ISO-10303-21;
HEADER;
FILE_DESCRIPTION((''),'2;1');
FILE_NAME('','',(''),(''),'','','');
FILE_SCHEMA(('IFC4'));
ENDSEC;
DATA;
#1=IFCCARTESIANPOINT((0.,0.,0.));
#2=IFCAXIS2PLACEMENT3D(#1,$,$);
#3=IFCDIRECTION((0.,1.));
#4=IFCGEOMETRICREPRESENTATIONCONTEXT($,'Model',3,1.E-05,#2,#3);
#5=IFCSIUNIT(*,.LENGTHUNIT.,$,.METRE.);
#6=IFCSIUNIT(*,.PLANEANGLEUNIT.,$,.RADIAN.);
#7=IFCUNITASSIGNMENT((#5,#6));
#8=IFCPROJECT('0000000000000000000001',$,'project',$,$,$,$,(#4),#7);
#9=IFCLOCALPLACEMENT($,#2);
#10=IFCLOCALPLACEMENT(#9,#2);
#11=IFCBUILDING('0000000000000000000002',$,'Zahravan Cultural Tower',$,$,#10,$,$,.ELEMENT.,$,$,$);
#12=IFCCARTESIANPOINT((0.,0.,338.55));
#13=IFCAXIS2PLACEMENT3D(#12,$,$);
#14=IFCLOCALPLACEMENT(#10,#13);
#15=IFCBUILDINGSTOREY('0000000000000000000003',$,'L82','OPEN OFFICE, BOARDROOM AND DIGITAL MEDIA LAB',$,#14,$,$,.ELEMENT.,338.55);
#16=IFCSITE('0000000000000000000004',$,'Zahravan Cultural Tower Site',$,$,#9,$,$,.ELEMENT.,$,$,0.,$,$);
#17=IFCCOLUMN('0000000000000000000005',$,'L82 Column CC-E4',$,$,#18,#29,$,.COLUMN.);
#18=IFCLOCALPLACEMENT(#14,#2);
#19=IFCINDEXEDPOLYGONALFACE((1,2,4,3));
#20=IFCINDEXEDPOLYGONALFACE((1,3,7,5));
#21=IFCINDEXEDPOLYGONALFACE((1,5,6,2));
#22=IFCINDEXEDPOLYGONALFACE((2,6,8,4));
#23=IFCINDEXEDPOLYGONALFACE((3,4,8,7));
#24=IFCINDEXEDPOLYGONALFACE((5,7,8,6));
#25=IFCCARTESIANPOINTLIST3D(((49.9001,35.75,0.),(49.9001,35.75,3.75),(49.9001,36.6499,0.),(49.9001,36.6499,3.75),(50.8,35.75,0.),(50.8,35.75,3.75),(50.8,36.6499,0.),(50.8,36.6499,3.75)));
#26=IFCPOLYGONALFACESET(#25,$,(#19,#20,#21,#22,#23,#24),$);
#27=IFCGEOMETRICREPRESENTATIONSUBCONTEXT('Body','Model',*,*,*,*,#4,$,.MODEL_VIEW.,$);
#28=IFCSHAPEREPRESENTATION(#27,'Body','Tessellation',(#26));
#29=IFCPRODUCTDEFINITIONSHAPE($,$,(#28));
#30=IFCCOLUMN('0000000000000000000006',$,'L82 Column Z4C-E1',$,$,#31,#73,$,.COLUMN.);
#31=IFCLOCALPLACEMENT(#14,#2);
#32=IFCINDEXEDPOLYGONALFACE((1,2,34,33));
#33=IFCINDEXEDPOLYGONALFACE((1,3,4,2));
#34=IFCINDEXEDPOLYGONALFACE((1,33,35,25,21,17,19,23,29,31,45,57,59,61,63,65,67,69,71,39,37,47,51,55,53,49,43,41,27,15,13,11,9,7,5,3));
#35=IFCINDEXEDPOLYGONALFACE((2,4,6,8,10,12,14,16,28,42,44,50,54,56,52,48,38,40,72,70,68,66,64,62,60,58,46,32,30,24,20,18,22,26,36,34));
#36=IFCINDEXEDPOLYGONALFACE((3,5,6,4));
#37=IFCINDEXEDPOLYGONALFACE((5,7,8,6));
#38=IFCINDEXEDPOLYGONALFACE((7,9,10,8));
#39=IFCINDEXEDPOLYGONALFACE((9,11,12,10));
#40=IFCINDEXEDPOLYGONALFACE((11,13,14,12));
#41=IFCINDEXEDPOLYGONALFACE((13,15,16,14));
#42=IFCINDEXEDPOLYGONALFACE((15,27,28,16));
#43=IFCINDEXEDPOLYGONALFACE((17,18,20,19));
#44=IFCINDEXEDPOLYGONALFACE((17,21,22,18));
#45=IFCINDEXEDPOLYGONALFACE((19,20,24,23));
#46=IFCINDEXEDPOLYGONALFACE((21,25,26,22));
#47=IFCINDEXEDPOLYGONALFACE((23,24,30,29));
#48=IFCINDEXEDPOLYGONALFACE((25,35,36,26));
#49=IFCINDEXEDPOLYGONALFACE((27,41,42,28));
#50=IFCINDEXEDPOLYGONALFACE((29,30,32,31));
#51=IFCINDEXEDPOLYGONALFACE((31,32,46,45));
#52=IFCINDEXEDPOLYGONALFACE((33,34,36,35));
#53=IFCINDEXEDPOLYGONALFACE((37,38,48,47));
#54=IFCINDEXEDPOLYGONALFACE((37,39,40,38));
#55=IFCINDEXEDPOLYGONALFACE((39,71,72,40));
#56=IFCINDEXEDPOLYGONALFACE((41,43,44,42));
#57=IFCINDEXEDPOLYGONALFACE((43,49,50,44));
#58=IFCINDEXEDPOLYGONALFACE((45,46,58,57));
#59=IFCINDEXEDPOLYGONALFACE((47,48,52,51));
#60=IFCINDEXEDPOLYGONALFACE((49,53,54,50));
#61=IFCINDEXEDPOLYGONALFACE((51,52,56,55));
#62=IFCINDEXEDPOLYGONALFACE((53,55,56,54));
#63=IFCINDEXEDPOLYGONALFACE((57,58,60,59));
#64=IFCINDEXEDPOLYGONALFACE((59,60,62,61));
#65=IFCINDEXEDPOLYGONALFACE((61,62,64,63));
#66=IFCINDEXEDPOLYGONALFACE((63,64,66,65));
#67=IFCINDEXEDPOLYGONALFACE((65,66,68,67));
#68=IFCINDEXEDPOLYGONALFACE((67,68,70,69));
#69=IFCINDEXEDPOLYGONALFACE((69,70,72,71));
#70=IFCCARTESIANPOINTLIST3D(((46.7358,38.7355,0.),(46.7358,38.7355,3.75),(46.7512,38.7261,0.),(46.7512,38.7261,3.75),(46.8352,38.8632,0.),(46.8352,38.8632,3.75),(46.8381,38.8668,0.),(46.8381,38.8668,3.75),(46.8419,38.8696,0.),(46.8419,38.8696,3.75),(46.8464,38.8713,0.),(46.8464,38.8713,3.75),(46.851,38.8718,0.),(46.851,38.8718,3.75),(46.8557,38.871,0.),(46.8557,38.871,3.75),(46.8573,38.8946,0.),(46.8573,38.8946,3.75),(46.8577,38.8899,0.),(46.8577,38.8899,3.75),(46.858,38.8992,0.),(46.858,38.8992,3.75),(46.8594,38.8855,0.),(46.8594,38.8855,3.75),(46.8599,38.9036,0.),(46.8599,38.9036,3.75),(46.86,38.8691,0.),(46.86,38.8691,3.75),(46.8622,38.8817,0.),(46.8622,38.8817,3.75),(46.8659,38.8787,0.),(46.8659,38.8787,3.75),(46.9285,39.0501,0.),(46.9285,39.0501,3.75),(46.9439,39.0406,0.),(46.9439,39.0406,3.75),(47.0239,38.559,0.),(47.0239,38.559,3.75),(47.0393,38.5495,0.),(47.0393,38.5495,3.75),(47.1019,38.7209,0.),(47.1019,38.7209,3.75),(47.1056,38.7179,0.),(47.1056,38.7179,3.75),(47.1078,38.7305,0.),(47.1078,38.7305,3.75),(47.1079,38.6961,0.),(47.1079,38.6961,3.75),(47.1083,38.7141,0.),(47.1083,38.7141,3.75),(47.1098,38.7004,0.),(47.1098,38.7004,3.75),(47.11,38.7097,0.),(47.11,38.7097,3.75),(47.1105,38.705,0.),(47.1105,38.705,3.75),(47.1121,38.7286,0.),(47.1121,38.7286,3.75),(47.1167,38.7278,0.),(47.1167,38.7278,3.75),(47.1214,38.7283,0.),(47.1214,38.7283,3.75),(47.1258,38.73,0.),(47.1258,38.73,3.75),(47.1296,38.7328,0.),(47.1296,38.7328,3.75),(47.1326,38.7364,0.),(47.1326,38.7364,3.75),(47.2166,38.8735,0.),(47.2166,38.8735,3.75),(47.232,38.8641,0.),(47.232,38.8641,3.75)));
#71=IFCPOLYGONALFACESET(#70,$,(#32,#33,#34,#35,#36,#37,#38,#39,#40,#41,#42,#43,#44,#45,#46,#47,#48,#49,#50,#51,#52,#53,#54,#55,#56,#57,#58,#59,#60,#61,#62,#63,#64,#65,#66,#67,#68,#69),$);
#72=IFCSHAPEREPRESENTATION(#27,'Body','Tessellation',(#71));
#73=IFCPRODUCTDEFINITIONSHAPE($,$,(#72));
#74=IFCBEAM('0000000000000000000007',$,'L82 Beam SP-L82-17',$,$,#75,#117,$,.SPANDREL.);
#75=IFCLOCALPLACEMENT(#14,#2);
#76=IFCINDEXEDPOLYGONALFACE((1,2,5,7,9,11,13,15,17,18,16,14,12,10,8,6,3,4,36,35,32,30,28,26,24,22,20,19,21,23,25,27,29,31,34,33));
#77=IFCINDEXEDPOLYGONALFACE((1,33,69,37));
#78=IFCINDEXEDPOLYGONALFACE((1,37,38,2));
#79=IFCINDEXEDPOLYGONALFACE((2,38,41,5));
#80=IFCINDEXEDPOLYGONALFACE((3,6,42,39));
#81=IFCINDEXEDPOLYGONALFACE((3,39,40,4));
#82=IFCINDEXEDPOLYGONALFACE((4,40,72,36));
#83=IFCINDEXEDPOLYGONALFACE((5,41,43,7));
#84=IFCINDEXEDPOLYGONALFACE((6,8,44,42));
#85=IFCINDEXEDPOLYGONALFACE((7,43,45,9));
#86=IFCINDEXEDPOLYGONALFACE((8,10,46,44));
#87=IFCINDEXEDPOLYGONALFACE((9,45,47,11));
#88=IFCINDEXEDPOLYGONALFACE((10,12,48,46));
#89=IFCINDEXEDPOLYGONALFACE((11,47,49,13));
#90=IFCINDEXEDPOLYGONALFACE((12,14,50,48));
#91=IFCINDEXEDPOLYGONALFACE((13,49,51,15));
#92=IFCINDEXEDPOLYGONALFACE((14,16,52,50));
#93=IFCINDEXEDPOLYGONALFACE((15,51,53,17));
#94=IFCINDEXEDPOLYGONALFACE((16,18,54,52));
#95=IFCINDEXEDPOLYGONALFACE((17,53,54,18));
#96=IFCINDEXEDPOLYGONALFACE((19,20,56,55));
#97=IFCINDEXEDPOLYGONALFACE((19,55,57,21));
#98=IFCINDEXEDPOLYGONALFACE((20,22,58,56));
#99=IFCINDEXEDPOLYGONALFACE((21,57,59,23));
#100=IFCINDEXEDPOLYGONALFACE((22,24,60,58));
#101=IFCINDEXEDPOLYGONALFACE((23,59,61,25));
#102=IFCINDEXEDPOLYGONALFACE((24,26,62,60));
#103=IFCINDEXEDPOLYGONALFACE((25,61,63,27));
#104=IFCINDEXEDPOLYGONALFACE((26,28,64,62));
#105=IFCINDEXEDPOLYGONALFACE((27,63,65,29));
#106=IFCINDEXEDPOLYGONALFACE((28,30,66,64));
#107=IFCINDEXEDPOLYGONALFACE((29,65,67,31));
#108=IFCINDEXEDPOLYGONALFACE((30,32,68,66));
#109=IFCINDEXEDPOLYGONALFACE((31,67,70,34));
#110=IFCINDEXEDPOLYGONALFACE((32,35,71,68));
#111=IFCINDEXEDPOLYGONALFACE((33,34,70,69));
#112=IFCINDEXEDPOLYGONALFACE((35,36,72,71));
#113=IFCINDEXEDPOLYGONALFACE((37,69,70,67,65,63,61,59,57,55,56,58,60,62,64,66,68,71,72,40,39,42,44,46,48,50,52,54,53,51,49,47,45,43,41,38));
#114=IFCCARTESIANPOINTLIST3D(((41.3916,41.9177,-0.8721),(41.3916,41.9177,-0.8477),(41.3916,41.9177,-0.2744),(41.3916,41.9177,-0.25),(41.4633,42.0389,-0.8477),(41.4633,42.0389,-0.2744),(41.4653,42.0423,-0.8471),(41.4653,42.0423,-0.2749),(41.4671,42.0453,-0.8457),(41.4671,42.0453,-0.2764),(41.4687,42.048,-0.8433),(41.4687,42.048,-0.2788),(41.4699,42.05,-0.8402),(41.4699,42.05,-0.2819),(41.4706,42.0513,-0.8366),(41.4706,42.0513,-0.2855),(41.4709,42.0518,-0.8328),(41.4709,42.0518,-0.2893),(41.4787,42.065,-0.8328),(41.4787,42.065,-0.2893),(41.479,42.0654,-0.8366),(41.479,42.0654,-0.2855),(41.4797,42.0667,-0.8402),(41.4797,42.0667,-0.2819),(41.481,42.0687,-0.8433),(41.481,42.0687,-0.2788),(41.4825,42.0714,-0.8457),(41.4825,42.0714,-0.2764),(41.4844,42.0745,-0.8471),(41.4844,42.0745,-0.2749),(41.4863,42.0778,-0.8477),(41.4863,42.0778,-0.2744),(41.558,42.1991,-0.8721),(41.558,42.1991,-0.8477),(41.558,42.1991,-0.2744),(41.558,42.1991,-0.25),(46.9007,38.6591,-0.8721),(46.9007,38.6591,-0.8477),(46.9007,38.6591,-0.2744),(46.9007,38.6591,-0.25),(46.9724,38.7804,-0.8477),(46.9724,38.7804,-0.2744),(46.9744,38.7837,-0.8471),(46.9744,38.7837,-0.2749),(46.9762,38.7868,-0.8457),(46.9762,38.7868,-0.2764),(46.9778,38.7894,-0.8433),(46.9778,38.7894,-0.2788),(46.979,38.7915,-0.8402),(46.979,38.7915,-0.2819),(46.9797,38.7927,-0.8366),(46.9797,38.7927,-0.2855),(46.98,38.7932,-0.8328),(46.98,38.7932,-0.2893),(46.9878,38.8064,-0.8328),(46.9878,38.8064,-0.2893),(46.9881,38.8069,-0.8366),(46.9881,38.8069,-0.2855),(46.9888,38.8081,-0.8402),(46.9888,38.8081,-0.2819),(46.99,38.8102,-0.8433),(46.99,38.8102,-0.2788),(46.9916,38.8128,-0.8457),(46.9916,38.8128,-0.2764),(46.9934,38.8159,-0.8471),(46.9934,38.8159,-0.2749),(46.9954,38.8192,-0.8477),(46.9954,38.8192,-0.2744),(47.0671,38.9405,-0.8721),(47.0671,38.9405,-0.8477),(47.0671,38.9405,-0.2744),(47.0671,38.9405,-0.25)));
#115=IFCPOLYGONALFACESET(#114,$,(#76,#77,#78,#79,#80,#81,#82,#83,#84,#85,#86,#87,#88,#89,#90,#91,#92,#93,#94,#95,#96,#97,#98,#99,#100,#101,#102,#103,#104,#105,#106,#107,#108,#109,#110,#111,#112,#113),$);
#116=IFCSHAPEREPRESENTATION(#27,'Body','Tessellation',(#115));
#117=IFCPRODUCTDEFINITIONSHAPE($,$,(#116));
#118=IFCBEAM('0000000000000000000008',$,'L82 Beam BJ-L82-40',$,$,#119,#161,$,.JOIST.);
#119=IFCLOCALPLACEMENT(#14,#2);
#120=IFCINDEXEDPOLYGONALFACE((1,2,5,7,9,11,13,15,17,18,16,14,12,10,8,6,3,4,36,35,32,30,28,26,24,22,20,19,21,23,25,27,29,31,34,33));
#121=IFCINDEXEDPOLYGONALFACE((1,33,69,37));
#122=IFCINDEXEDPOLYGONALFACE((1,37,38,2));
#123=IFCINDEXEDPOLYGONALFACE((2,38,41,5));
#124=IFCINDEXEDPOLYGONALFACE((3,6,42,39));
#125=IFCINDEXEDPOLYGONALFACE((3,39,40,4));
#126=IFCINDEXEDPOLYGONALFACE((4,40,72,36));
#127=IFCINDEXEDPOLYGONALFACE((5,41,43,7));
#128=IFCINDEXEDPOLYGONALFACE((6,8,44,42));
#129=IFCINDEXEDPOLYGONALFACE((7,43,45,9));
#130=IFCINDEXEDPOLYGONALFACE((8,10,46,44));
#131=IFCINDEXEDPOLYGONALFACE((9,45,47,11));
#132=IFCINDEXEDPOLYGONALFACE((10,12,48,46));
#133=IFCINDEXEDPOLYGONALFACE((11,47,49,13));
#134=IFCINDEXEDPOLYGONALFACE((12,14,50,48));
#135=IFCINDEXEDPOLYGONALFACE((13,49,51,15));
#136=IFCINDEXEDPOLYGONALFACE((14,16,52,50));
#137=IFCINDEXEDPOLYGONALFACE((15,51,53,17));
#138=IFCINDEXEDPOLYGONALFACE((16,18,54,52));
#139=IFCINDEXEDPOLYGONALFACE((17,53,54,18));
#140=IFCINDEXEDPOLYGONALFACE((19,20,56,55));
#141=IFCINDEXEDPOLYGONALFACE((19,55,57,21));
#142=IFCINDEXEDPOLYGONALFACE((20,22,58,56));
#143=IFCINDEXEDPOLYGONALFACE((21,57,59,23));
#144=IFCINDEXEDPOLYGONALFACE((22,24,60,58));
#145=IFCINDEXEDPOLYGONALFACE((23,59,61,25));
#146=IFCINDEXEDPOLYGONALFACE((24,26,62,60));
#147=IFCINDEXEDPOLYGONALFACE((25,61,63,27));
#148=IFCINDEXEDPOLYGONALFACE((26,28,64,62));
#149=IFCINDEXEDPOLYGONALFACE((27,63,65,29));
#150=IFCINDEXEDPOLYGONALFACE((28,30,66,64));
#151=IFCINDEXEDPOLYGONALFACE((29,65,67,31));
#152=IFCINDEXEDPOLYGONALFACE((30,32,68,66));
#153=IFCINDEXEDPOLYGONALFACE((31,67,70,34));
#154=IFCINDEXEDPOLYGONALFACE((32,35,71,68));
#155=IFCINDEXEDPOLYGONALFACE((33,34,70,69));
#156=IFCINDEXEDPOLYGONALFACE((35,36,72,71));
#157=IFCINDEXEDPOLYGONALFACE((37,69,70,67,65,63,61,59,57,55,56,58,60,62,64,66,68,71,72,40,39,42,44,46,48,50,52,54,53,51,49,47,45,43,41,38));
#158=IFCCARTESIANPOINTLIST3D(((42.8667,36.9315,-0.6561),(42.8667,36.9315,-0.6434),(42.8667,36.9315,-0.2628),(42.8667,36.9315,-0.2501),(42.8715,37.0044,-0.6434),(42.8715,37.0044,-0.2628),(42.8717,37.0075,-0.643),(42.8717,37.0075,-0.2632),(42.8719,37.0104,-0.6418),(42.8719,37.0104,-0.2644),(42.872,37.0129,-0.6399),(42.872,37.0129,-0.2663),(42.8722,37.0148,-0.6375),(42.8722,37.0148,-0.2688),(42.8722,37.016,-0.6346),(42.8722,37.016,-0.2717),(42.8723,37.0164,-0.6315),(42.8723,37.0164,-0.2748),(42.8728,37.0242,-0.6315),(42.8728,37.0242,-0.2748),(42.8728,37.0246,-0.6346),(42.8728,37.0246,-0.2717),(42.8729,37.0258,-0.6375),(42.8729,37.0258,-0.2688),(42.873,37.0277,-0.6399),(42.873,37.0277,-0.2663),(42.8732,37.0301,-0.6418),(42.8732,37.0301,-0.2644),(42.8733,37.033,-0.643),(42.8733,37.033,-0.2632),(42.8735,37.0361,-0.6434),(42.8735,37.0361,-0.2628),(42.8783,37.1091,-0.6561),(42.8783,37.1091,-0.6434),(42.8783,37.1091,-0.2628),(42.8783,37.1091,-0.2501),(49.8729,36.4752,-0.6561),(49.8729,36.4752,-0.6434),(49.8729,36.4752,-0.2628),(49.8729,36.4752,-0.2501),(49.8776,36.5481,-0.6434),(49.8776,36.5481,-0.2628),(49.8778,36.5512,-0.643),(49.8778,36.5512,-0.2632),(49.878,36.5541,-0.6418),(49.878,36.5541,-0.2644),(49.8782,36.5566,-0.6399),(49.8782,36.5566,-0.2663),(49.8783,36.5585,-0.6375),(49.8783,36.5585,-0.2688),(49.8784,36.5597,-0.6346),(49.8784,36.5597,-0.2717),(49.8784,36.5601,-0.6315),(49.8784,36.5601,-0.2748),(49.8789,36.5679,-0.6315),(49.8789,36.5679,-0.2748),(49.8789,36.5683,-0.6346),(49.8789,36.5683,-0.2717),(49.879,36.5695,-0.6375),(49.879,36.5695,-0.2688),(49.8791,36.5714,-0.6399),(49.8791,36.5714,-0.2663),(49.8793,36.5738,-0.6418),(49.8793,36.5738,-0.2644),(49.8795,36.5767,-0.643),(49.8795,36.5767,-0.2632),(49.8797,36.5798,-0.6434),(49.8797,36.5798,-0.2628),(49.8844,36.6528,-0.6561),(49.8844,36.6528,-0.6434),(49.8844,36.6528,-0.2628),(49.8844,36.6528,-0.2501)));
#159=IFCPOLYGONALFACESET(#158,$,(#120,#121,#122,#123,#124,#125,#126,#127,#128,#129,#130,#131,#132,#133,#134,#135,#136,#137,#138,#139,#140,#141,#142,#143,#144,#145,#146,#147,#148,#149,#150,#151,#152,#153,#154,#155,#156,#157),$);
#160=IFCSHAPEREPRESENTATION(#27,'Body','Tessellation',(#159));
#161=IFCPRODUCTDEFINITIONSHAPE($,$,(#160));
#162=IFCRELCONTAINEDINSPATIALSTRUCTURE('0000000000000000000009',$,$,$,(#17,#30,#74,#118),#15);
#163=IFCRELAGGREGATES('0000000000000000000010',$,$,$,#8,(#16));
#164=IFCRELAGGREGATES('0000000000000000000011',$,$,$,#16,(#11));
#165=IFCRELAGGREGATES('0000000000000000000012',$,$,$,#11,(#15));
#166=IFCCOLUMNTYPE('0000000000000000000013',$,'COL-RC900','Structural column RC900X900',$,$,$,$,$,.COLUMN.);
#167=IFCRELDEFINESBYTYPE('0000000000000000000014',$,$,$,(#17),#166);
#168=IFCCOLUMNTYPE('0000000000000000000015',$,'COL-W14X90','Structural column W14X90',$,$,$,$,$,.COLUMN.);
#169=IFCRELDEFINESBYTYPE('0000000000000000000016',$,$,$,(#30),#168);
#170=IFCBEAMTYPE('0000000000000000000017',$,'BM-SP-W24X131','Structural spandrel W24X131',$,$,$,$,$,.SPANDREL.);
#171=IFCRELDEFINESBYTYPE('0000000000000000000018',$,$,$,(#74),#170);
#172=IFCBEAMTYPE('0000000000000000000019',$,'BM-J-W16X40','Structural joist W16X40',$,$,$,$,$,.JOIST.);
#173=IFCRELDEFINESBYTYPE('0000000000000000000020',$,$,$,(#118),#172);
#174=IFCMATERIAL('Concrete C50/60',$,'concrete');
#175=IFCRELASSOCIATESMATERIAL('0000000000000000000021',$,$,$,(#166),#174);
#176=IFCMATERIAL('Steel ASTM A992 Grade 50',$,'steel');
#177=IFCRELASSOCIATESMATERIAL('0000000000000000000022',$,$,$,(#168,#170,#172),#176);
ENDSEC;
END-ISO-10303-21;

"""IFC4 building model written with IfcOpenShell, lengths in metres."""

from ifc_helpers import new_model, si_unit, direction, frame, origin, origin_2d, place, context, subcontext, project, spatial, rectangle, i_section, extrude, source, transform, mapped, material, material_profile, profile_set, type_object, element, save


model = new_model("IFC4")

# Units and contexts
model_context = context("Model", 3, precision=1e-05, world=origin(), true_north=direction((0.0, 1.0)))
body_context = subcontext(model_context, "Body", "Model", "MODEL_VIEW")
ifc_project = project(units=[si_unit("LENGTHUNIT", "METRE"), si_unit("PLANEANGLEUNIT", "RADIAN")], contexts=[model_context])

# Site, building, storey
site_placement = place(None, origin())
site = spatial("IfcSite", under=ifc_project, at=site_placement, Name="Zahravan Cultural Tower Site", CompositionType="ELEMENT", RefElevation=0.0)
building_placement = place(site_placement, origin())
building = spatial("IfcBuilding", under=site, at=building_placement, Name="Zahravan Cultural Tower", CompositionType="ELEMENT")
storey_placement = place(building_placement, frame((0.0, 0.0, 338.55)))
storey = spatial("IfcBuildingStorey", under=building, at=storey_placement, Name="L82", Description="OPEN OFFICE, BOARDROOM AND DIGITAL MEDIA LAB", CompositionType="ELEMENT", Elevation=338.55)

# Columns
ifc_material_1 = material(Name="Concrete C50/60", Category="concrete")
ifc_material_profile_1 = material_profile(ifc_material_1, rectangle(XDim=0.8999, YDim=0.8999, at=origin_2d()), Name="RC900X900")
ifc_profile_set_1 = profile_set([ifc_material_profile_1], Name="Concrete C50/60")
column_type_1 = type_object("IfcColumnType", Name="COL-RC900", Description="Structural column RC900X900", PredefinedType="COLUMN", material=ifc_profile_set_1)
shared_shape_1 = source(origin(), body_context, "Body", "SweptSolid", [
    extrude(rectangle(XDim=0.8999, YDim=0.8999, at=origin_2d()), origin(), (0.0, 0.0, 1.0), 3.75),
])
column_1_placement = place(storey_placement, frame((50.3501, 36.2, 0.0), z_axis=(0.0, 0.0, 1.0), x_axis=(1.0, 0.0, 0.0)))
element("IfcColumn", 1, at=column_1_placement, inside=storey, type_object=column_type_1, Name="L82 Column CC-E4", PredefinedType="COLUMN", context=body_context, shape_type="MappedRepresentation", body=[
    mapped(shared_shape_1, transform((0.0, 0.0, 0.0), x_axis=(1.0, 0.0, 0.0), y_axis=(0.0, 1.0, 0.0), z_axis=(0.0, 0.0, 1.0), scale=1.0)),
])
ifc_material_2 = material(Name="Steel ASTM A992 Grade 50", Category="steel")
ifc_material_profile_2 = material_profile(ifc_material_2, i_section(OverallWidth=0.3689, OverallDepth=0.356, WebThickness=0.0112, FlangeThickness=0.0181, FilletRadius=0.0181, at=origin_2d()), Name="W14X90")
ifc_profile_set_2 = profile_set([ifc_material_profile_2], Name="Steel ASTM A992 Grade 50")
column_type_2 = type_object("IfcColumnType", Name="COL-W14X90", Description="Structural column W14X90", PredefinedType="COLUMN", material=ifc_profile_set_2)
shared_shape_2 = source(origin(), body_context, "Body", "SweptSolid", [
    extrude(i_section(OverallWidth=0.3689, OverallDepth=0.356, WebThickness=0.0112, FlangeThickness=0.0181, FilletRadius=0.0181, at=origin_2d()), origin(), (0.0, 0.0, 1.0), 3.75),
])
column_2_placement = place(storey_placement, frame((46.9839, 38.7998, 0.0), z_axis=(0.0, 0.0, 1.0), x_axis=(0.522499, 0.85264, 0.0)))
element("IfcColumn", 2, at=column_2_placement, inside=storey, type_object=column_type_2, Name="L82 Column Z4C-E1", PredefinedType="COLUMN", context=body_context, shape_type="MappedRepresentation", body=[
    mapped(shared_shape_2, transform((0.0, 0.0, 0.0), x_axis=(1.0, 0.0, 0.0), y_axis=(0.0, 1.0, 0.0), z_axis=(0.0, 0.0, 1.0), scale=1.0)),
])

# Beams
ifc_material_profile_3 = material_profile(ifc_material_2, i_section(OverallWidth=0.3269, OverallDepth=0.6221, WebThickness=0.0154, FlangeThickness=0.0244, FilletRadius=0.0149, at=origin_2d()), Name="W24X131")
ifc_profile_set_3 = profile_set([ifc_material_profile_3], Name="Steel ASTM A992 Grade 50")
beam_type_1 = type_object("IfcBeamType", Name="BM-SP-W24X131", Description="Structural spandrel W24X131", PredefinedType="SPANDREL", material=ifc_profile_set_3)
shared_shape_3 = source(origin(), body_context, "Body", "SweptSolid", [
    extrude(i_section(OverallWidth=0.3269, OverallDepth=0.6221, WebThickness=0.0154, FlangeThickness=0.0244, FilletRadius=0.0149, at=origin_2d()), origin(), (0.0, 0.0, 1.0), 6.4006),
])
beam_1_placement = place(storey_placement, frame((46.9839, 38.7998, -0.561), z_axis=(-0.860707, 0.509101, 0.0), x_axis=(-0.509101, -0.860707, 0.0)))
element("IfcBeam", 3, at=beam_1_placement, inside=storey, type_object=beam_type_1, Name="L82 Beam SP-L82-17", PredefinedType="SPANDREL", context=body_context, shape_type="MappedRepresentation", body=[
    mapped(shared_shape_3, transform((0.0, 0.0, 0.0), x_axis=(1.0, 0.0, 0.0), y_axis=(0.0, 1.0, 0.0), z_axis=(0.0, 0.0, 1.0), scale=1.0)),
])
ifc_material_profile_4 = material_profile(ifc_material_2, i_section(OverallWidth=0.178, OverallDepth=0.406, WebThickness=0.0078, FlangeThickness=0.0127, FilletRadius=0.012, at=origin_2d()), Name="W16X40")
ifc_profile_set_4 = profile_set([ifc_material_profile_4], Name="Steel ASTM A992 Grade 50")
beam_type_2 = type_object("IfcBeamType", Name="BM-J-W16X40", Description="Structural joist W16X40", PredefinedType="JOIST", material=ifc_profile_set_4)
shared_shape_4 = source(origin(), body_context, "Body", "SweptSolid", [
    extrude(i_section(OverallWidth=0.178, OverallDepth=0.406, WebThickness=0.0078, FlangeThickness=0.0127, FilletRadius=0.012, at=origin_2d()), origin(), (0.0, 0.0, 1.0), 7.021),
])
beam_2_placement = place(storey_placement, frame((49.8787, 36.564, -0.4531), z_axis=(-0.997886, 0.064991, 0.0), x_axis=(-0.064991, -0.997886, 0.0)))
element("IfcBeam", 4, at=beam_2_placement, inside=storey, type_object=beam_type_2, Name="L82 Beam BJ-L82-40", PredefinedType="JOIST", context=body_context, shape_type="MappedRepresentation", body=[
    mapped(shared_shape_4, transform((0.0, 0.0, 0.0), x_axis=(1.0, 0.0, 0.0), y_axis=(0.0, 1.0, 0.0), z_axis=(0.0, 0.0, 1.0), scale=1.0)),
])

save(model, "model.ifc")
